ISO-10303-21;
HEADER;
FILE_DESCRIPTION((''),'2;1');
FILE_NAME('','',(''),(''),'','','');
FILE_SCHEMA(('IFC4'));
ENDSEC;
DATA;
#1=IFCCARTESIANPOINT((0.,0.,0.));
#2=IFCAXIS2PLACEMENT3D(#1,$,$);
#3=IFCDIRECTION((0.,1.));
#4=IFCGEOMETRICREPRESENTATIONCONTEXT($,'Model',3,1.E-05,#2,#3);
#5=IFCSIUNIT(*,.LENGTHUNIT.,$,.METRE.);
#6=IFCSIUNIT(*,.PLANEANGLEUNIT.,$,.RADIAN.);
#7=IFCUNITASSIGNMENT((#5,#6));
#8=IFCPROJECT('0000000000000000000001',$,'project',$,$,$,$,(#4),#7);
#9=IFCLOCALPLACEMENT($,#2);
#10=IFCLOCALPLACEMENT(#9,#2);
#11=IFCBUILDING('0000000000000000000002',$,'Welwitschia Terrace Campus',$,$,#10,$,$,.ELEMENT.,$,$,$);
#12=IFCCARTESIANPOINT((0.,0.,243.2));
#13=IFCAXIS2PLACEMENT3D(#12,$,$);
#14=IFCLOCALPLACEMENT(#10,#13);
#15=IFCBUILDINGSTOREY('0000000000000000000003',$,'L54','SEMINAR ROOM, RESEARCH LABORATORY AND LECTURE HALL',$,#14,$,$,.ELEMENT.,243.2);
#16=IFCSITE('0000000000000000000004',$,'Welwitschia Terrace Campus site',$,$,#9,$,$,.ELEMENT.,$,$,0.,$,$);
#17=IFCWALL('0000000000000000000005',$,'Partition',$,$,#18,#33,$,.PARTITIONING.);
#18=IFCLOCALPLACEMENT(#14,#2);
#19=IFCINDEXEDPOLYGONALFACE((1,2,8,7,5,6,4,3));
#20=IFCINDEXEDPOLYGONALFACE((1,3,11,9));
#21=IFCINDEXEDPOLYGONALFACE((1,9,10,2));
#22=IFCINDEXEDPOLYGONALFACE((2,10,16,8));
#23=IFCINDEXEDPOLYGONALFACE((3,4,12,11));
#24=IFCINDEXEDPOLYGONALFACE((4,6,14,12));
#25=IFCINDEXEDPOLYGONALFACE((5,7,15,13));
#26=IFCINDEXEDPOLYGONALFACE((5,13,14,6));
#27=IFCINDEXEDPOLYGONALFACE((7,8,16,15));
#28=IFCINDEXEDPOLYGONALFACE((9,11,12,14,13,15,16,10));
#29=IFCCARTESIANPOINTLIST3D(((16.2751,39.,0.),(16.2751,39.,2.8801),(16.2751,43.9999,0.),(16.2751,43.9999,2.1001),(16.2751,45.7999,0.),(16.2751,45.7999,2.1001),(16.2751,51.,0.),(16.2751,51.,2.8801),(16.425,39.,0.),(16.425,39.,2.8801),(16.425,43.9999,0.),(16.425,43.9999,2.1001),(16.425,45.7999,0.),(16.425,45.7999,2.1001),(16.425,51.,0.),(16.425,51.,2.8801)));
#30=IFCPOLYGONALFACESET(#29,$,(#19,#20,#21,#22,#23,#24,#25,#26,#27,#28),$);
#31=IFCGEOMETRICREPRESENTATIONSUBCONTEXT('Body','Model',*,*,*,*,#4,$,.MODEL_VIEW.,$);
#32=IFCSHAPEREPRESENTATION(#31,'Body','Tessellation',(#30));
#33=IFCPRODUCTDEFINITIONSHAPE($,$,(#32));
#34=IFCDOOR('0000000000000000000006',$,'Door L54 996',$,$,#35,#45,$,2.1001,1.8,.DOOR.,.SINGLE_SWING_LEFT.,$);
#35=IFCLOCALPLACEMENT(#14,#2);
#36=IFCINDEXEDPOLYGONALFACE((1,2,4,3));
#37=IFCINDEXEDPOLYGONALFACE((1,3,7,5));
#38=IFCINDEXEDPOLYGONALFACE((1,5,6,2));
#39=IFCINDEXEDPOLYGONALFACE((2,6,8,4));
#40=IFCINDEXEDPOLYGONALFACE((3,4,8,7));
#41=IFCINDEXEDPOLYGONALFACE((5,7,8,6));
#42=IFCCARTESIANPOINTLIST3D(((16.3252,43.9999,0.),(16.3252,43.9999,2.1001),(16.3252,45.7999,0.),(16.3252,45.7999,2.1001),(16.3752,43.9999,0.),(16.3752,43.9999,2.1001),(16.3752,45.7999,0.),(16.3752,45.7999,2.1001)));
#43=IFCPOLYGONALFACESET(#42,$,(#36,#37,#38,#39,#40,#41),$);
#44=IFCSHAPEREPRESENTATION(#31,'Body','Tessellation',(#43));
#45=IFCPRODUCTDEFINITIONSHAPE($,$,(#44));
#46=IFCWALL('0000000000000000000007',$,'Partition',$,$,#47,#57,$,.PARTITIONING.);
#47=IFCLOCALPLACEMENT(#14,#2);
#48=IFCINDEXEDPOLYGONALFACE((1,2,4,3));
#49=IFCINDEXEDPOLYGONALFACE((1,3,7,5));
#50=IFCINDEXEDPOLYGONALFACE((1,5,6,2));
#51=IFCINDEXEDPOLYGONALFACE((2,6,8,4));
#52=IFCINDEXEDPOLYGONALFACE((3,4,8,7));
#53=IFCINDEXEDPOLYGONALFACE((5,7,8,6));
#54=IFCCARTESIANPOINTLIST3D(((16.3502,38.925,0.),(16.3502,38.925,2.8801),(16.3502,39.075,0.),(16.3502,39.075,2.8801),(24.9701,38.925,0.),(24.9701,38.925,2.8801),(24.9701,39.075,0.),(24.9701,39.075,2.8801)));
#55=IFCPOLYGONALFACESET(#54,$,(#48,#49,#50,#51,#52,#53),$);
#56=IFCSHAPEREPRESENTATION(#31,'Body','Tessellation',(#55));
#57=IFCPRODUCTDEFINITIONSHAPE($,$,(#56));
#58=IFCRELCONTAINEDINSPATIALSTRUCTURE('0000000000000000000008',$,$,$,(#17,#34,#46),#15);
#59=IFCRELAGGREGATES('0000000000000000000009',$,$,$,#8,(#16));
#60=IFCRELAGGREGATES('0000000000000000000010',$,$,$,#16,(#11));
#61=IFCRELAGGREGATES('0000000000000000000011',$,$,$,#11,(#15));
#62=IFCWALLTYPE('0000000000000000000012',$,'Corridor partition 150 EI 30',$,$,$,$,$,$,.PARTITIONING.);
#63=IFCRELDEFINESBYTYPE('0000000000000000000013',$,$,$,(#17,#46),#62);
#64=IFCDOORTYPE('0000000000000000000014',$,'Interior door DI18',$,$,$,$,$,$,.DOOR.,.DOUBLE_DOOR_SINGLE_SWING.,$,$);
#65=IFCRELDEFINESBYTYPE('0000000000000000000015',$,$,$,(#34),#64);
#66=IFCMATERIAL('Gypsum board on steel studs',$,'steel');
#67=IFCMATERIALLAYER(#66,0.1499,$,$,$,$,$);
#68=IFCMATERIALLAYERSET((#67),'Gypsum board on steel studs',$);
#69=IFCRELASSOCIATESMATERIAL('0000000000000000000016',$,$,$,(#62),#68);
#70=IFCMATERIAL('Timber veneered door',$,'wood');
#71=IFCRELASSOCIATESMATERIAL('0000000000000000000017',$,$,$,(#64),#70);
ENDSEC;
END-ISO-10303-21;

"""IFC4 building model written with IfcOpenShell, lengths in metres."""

from ifc_helpers import new_model, si_unit, direction, frame, frame_2d, origin, place, context, subcontext, project, spatial, rectangle, extrude, material, layer, layer_set, type_object, element, fill, save


model = new_model("IFC4")

# Units and contexts
model_context = context("Model", 3, precision=1e-05, world=origin(), true_north=direction((0.0, 1.0)))
body_context = subcontext(model_context, "Body", "Model", "MODEL_VIEW")
ifc_project = project(units=[si_unit("LENGTHUNIT", "METRE"), si_unit("PLANEANGLEUNIT", "RADIAN")], contexts=[model_context])

# Site, building, storey
site_placement = place(None, origin())
site = spatial("IfcSite", under=ifc_project, at=site_placement, Name="Welwitschia Terrace Campus site", CompositionType="ELEMENT", RefElevation=0.0)
building_placement = place(site_placement, origin())
building = spatial("IfcBuilding", under=site, at=building_placement, Name="Welwitschia Terrace Campus", CompositionType="ELEMENT")
storey_placement = place(building_placement, frame((0.0, 0.0, 243.2)))
storey = spatial("IfcBuildingStorey", under=building, at=storey_placement, Name="L54", Description="SEMINAR ROOM, RESEARCH LABORATORY AND LECTURE HALL", CompositionType="ELEMENT", Elevation=243.2)

# Wall, opening, door
ifc_material_1 = material(Name="Gypsum board on steel studs", Category="steel")
ifc_layer_1 = layer(ifc_material_1, 0.1499)
ifc_layer_set_1 = layer_set([ifc_layer_1], Name="Gypsum board on steel studs")
wall_type = type_object("IfcWallType", Name="Corridor partition 150 EI 30", PredefinedType="PARTITIONING", material=ifc_layer_set_1)
wall_1_placement = place(storey_placement, frame((16.3501, 39.0, 0.0), z_axis=(0.0, 0.0, 1.0), x_axis=(0.0, 1.0, 0.0)))
wall_1 = element("IfcWall", 1, at=wall_1_placement, inside=storey, type_object=wall_type, Name="Partition", PredefinedType="PARTITIONING", context=body_context, shape_type="SweptSolid", body=[
    extrude(rectangle(XDim=12.0, YDim=0.1499, at=frame_2d((6.0, 0.0))), origin(), (0.0, 0.0, 1.0), 2.8801),
])
opening_1_placement = place(wall_1_placement, frame((5.0, 0.0, 0.0)))
opening_1 = element("IfcOpeningElement", 2, at=opening_1_placement, cuts=wall_1, PredefinedType="OPENING", context=body_context, shape_type="SweptSolid", body=[
    extrude(rectangle(XDim=1.8, YDim=2.1001, at=frame_2d((0.8999, 1.05))), frame((0.0, 0.085, 0.0), z_axis=(0.0, -1.0, 0.0), x_axis=(1.0, 0.0, 0.0)), (0.0, 0.0, 1.0), 0.1699),
])
ifc_material_2 = material(Name="Timber veneered door", Category="wood")
door_type_1 = type_object("IfcDoorType", Name="Interior door DI18", OperationType="DOUBLE_DOOR_SINGLE_SWING", PredefinedType="DOOR", material=ifc_material_2)
door_1_placement = place(opening_1_placement, origin())
door_1 = element("IfcDoor", 3, at=door_1_placement, inside=storey, type_object=door_type_1, Name="Door L54 996", OperationType="SINGLE_SWING_LEFT", OverallHeight=2.1001, OverallWidth=1.8, PredefinedType="DOOR", context=body_context, shape_type="SweptSolid", body=[
    extrude(rectangle(XDim=1.8, YDim=2.1001, at=frame_2d((0.8999, 1.05))), frame((0.0, 0.0249, 0.0), z_axis=(0.0, -1.0, 0.0), x_axis=(1.0, 0.0, 0.0)), (0.0, 0.0, 1.0), 0.05),
])
fill(opening_1, door_1)

# Wall
wall_2_placement = place(storey_placement, frame((16.3501, 39.0, 0.0), z_axis=(0.0, 0.0, 1.0), x_axis=(1.0, 0.0, 0.0)))
element("IfcWall", 4, at=wall_2_placement, inside=storey, type_object=wall_type, Name="Partition", PredefinedType="PARTITIONING", context=body_context, shape_type="SweptSolid", body=[
    extrude(rectangle(XDim=8.6199, YDim=0.1499, at=frame_2d((4.3101, 0.0))), origin(), (0.0, 0.0, 1.0), 2.8801),
])

save(model, "model.ifc")
